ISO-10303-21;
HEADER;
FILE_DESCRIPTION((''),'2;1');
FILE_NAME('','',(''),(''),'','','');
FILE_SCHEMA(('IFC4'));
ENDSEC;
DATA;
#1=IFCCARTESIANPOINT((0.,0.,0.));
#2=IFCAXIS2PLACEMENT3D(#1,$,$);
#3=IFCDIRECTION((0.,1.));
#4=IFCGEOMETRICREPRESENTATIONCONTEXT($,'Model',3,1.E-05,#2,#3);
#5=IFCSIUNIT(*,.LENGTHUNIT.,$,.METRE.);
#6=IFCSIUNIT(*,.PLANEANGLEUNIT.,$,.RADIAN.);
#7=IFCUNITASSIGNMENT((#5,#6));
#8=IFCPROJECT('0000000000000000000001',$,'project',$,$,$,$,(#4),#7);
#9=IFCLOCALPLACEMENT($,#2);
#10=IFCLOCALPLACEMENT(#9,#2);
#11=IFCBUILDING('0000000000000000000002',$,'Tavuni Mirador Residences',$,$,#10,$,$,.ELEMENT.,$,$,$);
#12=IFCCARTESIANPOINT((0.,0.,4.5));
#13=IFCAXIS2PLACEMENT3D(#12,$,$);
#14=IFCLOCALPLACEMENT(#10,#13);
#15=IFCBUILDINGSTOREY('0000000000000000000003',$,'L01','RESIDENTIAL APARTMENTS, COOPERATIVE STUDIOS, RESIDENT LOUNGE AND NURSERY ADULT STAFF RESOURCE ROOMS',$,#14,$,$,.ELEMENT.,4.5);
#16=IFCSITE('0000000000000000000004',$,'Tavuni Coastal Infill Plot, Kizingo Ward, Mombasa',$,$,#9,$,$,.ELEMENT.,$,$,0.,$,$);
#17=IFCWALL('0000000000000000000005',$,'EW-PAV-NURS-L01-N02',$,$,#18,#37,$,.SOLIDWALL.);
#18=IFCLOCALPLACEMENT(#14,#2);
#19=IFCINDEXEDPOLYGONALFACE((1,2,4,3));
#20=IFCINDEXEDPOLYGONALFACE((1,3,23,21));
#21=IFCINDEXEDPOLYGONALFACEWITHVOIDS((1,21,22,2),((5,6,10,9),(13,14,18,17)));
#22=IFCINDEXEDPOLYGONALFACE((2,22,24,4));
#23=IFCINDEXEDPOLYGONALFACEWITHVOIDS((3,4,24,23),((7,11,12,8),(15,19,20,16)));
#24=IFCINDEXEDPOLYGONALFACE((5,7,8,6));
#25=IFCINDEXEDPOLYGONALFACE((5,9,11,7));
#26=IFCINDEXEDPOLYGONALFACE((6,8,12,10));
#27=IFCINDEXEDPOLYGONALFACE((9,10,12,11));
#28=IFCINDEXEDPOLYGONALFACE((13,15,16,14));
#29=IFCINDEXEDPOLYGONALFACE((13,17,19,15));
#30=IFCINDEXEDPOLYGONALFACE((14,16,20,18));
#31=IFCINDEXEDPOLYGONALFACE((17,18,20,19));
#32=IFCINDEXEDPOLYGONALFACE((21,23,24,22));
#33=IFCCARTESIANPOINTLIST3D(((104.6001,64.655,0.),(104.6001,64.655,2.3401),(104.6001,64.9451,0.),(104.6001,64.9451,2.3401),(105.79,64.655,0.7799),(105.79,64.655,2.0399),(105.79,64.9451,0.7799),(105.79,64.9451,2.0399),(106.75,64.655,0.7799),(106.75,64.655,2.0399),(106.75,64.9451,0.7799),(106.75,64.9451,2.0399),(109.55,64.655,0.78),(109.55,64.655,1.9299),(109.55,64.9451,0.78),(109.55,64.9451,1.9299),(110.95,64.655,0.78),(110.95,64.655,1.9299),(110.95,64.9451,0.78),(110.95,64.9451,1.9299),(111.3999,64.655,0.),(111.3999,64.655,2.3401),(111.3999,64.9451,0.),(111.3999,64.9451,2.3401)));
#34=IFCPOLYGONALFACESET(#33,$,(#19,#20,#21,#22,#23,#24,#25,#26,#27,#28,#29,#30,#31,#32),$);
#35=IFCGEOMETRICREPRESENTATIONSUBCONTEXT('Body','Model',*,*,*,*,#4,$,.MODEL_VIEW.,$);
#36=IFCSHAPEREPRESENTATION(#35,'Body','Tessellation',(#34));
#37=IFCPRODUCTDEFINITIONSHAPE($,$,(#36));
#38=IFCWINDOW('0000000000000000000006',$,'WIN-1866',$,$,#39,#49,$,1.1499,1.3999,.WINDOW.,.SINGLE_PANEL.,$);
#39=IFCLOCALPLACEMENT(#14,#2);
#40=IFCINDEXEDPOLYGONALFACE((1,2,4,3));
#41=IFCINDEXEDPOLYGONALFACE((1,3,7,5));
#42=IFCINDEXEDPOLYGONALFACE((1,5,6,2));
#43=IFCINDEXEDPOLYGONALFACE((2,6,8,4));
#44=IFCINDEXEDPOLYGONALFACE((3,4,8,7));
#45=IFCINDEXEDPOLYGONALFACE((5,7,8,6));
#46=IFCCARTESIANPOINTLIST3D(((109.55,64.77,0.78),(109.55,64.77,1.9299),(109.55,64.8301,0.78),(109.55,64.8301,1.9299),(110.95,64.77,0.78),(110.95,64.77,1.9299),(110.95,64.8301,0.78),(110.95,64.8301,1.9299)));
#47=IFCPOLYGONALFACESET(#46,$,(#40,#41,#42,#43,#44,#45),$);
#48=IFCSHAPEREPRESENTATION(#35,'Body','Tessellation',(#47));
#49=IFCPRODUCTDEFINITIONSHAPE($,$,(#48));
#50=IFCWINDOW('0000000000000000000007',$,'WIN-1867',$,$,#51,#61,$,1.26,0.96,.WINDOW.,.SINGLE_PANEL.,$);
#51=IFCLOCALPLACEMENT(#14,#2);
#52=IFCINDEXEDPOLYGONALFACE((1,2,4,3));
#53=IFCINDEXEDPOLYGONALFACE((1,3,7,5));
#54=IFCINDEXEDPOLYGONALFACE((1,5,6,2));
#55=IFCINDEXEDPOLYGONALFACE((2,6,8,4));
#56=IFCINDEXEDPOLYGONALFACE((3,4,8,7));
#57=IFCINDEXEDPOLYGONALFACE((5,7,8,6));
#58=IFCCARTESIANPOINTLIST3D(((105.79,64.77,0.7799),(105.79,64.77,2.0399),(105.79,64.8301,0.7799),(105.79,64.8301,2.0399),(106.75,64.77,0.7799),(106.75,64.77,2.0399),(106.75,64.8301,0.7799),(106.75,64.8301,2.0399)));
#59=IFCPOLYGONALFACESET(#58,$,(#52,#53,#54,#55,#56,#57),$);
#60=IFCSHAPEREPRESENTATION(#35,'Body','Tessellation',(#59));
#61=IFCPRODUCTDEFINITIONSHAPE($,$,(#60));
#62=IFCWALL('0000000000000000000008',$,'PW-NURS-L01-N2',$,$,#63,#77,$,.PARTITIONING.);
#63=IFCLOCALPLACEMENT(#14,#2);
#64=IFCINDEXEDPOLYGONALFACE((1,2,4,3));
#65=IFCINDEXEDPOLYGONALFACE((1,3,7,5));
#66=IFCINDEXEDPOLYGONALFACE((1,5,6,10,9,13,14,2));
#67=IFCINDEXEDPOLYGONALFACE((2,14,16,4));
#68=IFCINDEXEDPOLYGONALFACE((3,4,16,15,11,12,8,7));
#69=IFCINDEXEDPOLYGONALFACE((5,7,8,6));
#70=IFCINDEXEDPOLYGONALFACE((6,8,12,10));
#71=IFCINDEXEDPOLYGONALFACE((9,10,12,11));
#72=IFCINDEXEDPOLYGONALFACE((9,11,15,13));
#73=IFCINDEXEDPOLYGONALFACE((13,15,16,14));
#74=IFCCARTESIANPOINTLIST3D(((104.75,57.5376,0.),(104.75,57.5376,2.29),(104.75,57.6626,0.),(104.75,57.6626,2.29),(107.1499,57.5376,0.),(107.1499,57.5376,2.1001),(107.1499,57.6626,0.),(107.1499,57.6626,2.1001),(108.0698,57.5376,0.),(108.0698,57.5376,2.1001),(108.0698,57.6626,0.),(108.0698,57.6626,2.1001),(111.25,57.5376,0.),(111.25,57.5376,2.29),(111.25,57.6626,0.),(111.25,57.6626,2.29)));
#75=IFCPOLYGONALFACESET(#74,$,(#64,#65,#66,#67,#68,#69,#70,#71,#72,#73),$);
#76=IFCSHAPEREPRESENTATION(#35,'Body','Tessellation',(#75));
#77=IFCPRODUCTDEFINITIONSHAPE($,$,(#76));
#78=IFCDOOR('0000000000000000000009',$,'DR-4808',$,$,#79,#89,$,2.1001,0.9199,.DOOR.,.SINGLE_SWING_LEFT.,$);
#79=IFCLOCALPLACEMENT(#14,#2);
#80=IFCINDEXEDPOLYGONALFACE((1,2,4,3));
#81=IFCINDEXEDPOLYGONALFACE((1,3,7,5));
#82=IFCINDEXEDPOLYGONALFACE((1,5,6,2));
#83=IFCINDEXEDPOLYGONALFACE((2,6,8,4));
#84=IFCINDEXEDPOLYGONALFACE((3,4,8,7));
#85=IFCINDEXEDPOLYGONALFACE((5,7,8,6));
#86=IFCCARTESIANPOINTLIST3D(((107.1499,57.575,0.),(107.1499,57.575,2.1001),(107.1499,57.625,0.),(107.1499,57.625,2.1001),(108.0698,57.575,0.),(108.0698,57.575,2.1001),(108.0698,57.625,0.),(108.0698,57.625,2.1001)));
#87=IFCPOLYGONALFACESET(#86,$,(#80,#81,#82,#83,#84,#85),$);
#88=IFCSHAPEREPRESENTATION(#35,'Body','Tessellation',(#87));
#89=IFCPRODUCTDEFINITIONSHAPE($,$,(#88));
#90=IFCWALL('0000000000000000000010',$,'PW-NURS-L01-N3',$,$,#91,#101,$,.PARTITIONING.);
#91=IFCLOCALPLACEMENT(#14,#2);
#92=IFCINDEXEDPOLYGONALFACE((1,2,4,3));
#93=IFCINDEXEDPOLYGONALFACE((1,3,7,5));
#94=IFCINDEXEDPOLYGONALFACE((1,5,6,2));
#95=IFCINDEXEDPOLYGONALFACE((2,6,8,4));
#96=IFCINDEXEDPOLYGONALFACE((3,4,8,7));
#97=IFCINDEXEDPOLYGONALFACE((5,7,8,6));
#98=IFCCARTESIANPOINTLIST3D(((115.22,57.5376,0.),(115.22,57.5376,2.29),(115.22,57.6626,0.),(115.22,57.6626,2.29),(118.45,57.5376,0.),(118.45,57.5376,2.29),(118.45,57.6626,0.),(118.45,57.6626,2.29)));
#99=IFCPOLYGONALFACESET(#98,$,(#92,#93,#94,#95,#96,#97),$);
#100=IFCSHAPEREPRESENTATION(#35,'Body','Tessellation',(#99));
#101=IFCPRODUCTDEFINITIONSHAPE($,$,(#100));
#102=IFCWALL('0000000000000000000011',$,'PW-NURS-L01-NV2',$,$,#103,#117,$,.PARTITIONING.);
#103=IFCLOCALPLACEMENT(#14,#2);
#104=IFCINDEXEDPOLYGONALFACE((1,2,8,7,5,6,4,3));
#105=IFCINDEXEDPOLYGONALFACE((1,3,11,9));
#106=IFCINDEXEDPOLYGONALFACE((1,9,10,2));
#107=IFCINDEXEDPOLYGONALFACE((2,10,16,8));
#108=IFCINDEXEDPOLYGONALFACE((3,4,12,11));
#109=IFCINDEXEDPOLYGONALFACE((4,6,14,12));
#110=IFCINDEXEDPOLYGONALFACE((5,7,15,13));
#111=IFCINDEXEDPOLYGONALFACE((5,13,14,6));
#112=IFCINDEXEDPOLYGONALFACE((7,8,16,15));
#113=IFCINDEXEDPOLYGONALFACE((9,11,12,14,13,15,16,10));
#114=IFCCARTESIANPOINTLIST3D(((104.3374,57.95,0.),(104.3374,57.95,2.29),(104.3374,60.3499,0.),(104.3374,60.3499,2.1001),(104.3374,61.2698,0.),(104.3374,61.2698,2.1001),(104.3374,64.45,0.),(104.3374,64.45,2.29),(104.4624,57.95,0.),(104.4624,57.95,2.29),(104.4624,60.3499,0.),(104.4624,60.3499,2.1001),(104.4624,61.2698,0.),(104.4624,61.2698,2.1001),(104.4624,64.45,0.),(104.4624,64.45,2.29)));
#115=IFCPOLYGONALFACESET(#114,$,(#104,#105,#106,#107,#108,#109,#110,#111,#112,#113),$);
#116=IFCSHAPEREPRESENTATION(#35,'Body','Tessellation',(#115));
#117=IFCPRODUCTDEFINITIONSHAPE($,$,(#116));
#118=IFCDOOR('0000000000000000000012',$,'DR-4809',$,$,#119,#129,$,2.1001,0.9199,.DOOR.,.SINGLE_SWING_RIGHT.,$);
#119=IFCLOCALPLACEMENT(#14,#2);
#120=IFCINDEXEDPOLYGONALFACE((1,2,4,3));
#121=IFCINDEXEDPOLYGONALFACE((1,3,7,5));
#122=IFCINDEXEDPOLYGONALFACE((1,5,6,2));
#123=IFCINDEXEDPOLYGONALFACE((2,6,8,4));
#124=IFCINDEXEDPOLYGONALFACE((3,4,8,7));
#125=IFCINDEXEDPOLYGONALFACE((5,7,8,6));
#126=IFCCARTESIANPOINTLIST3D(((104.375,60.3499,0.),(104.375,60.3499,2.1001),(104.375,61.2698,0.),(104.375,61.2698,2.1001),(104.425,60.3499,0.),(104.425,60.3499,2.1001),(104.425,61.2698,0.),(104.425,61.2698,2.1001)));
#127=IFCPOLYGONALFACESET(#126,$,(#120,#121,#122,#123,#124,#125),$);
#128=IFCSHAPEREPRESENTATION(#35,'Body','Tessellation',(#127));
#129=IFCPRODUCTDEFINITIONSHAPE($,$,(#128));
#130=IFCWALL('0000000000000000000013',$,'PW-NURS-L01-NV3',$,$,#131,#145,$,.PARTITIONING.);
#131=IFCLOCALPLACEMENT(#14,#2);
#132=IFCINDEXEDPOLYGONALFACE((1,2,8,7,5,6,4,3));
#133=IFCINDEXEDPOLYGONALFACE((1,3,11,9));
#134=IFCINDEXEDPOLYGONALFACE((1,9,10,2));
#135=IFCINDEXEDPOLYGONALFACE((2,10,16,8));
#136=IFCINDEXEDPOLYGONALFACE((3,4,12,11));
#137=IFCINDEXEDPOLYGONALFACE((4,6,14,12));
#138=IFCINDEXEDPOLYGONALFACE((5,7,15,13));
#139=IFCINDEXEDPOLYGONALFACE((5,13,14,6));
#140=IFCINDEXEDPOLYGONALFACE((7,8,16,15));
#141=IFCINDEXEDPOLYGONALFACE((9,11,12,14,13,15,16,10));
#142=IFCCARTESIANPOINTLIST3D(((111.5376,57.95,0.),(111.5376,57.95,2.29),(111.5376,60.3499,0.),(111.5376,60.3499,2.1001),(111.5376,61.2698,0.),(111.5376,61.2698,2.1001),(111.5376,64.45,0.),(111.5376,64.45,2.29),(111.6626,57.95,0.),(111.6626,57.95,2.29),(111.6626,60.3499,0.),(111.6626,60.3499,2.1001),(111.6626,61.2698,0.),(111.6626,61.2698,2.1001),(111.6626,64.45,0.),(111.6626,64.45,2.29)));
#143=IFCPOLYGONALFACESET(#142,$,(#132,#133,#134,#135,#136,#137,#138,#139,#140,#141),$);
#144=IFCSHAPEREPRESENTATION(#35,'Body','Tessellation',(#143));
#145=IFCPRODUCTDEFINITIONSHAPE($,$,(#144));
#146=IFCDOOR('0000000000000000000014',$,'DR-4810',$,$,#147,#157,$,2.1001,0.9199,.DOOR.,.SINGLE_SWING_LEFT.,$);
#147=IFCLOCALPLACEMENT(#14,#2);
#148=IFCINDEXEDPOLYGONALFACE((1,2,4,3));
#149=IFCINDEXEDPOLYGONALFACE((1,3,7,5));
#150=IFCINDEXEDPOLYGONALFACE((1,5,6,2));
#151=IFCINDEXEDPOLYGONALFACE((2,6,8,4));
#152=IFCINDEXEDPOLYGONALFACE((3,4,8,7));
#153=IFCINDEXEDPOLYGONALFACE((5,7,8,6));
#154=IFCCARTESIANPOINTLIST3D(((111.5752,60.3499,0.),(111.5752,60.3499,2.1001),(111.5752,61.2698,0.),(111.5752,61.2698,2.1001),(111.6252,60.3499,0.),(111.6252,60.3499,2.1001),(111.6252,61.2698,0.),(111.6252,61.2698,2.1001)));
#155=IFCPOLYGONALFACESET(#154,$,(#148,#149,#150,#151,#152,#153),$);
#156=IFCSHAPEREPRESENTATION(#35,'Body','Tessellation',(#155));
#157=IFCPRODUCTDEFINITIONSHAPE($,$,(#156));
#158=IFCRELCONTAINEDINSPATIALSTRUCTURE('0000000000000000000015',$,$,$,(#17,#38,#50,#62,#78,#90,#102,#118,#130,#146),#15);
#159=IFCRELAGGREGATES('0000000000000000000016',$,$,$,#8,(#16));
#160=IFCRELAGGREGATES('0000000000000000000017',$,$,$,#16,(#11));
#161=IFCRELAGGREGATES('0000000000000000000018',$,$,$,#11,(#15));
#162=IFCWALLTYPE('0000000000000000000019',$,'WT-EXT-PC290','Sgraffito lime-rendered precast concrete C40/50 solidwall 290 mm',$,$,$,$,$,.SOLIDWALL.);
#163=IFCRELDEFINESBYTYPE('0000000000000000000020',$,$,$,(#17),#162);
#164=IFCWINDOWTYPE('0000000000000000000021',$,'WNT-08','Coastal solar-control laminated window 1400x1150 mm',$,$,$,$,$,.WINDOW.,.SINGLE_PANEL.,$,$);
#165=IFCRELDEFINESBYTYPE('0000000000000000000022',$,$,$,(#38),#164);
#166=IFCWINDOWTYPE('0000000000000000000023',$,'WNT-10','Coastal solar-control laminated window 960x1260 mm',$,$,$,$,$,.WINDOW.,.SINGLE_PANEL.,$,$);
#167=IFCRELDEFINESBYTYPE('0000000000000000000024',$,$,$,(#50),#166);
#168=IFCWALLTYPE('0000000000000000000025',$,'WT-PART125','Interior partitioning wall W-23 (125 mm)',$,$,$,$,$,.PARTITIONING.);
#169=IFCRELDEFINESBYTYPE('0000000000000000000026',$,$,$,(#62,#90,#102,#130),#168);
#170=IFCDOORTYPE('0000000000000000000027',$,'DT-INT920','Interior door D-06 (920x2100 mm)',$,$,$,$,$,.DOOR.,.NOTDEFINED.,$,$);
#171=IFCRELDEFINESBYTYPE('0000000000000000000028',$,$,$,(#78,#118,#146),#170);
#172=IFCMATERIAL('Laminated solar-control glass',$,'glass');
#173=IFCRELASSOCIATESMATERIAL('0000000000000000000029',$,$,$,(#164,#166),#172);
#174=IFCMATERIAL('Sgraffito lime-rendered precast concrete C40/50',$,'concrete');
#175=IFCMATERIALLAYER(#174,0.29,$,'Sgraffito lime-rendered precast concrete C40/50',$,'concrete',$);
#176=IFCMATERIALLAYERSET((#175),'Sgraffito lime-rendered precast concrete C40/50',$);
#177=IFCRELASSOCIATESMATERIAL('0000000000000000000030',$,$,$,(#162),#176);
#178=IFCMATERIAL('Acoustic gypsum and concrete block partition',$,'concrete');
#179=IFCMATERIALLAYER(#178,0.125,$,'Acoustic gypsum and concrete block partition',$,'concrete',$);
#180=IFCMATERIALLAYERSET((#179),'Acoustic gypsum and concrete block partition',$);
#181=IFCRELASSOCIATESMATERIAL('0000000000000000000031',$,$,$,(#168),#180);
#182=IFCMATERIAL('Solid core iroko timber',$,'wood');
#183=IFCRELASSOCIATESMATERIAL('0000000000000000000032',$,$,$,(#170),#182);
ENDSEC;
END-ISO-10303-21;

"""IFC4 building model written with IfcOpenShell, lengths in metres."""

from ifc_helpers import new_model, si_unit, direction, frame, frame_2d, origin, place, context, subcontext, project, spatial, rectangle, extrude, material, layer, layer_set, type_object, element, fill, save


model = new_model("IFC4")

# Units and contexts
model_context = context("Model", 3, precision=1e-05, world=origin(), true_north=direction((0.0, 1.0)))
body_context = subcontext(model_context, "Body", "Model", "MODEL_VIEW")
ifc_project = project(units=[si_unit("LENGTHUNIT", "METRE"), si_unit("PLANEANGLEUNIT", "RADIAN")], contexts=[model_context])

# Site, building, storey
site_placement = place(None, origin())
site = spatial("IfcSite", under=ifc_project, at=site_placement, Name="Tavuni Coastal Infill Plot, Kizingo Ward, Mombasa", CompositionType="ELEMENT", RefElevation=0.0)
building_placement = place(site_placement, origin())
building = spatial("IfcBuilding", under=site, at=building_placement, Name="Tavuni Mirador Residences", CompositionType="ELEMENT")
storey_placement = place(building_placement, frame((0.0, 0.0, 4.5)))
storey = spatial("IfcBuildingStorey", under=building, at=storey_placement, Name="L01", Description="RESIDENTIAL APARTMENTS, COOPERATIVE STUDIOS, RESIDENT LOUNGE AND NURSERY ADULT STAFF RESOURCE ROOMS", CompositionType="ELEMENT", Elevation=4.5)

# Wall, openings, windows
ifc_material_1 = material(Name="Sgraffito lime-rendered precast concrete C40/50", Category="concrete")
ifc_material_2 = material(Name="Laminated solar-control glass", Category="glass")
window_type_1 = type_object("IfcWindowType", Name="WNT-08", Description="Coastal solar-control laminated window 1400x1150 mm", PartitioningType="SINGLE_PANEL", PredefinedType="WINDOW", material=ifc_material_2)
ifc_layer_1 = layer(ifc_material_1, 0.29, Name="Sgraffito lime-rendered precast concrete C40/50", Category="concrete")
ifc_layer_set_1 = layer_set([ifc_layer_1], Name="Sgraffito lime-rendered precast concrete C40/50")
wall_type_1 = type_object("IfcWallType", Name="WT-EXT-PC290", Description="Sgraffito lime-rendered precast concrete C40/50 solidwall 290 mm", PredefinedType="SOLIDWALL", material=ifc_layer_set_1)
wall_1_placement = place(storey_placement, frame((111.3999, 64.8, 0.0), z_axis=(0.0, 0.0, 1.0), x_axis=(-1.0, 0.0, 0.0)))
wall_1 = element("IfcWall", 1, at=wall_1_placement, inside=storey, type_object=wall_type_1, Name="EW-PAV-NURS-L01-N02", PredefinedType="SOLIDWALL", context=body_context, shape_type="SweptSolid", body=[
    extrude(rectangle(XDim=6.7998, YDim=0.29, at=frame_2d((3.3999, 0.0))), origin(), (0.0, 0.0, 1.0), 2.3401),
])
opening_1_placement = place(wall_1_placement, frame((0.45, 0.0, 0.78)))
opening_1 = element("IfcOpeningElement", 2, at=opening_1_placement, cuts=wall_1, PredefinedType="OPENING", context=body_context, shape_type="SweptSolid", body=[
    extrude(rectangle(XDim=1.3999, YDim=1.1499, at=frame_2d((0.7, 0.575))), frame((0.0, 0.155, 0.0), z_axis=(0.0, -1.0, 0.0), x_axis=(1.0, 0.0, 0.0)), (0.0, 0.0, 1.0), 0.3101),
])
opening_2_placement = place(wall_1_placement, frame((4.6499, 0.0, 0.78)))
opening_2 = element("IfcOpeningElement", 3, at=opening_2_placement, cuts=wall_1, PredefinedType="OPENING", context=body_context, shape_type="SweptSolid", body=[
    extrude(rectangle(XDim=0.96, YDim=1.26, at=frame_2d((0.48, 0.6299))), frame((0.0, 0.155, 0.0), z_axis=(0.0, -1.0, 0.0), x_axis=(1.0, 0.0, 0.0)), (0.0, 0.0, 1.0), 0.3101),
])
window_1_placement = place(opening_1_placement, origin())
window_1 = element("IfcWindow", 4, at=window_1_placement, inside=storey, type_object=window_type_1, Name="WIN-1866", OverallHeight=1.1499, OverallWidth=1.3999, PartitioningType="SINGLE_PANEL", PredefinedType="WINDOW", context=body_context, shape_type="SweptSolid", body=[
    extrude(rectangle(XDim=1.3999, YDim=1.1499, at=frame_2d((0.7, 0.575))), frame((0.0, 0.03, 0.0), z_axis=(0.0, -1.0, 0.0), x_axis=(1.0, 0.0, 0.0)), (0.0, 0.0, 1.0), 0.0601),
])
fill(opening_1, window_1)
window_type_2 = type_object("IfcWindowType", Name="WNT-10", Description="Coastal solar-control laminated window 960x1260 mm", PartitioningType="SINGLE_PANEL", PredefinedType="WINDOW", material=ifc_material_2)
window_2_placement = place(opening_2_placement, origin())
window_2 = element("IfcWindow", 5, at=window_2_placement, inside=storey, type_object=window_type_2, Name="WIN-1867", OverallHeight=1.26, OverallWidth=0.96, PartitioningType="SINGLE_PANEL", PredefinedType="WINDOW", context=body_context, shape_type="SweptSolid", body=[
    extrude(rectangle(XDim=0.96, YDim=1.26, at=frame_2d((0.48, 0.6299))), frame((0.0, 0.03, 0.0), z_axis=(0.0, -1.0, 0.0), x_axis=(1.0, 0.0, 0.0)), (0.0, 0.0, 1.0), 0.0601),
])
fill(opening_2, window_2)

# Wall, opening, door
ifc_material_3 = material(Name="Acoustic gypsum and concrete block partition", Category="concrete")
ifc_layer_2 = layer(ifc_material_3, 0.125, Name="Acoustic gypsum and concrete block partition", Category="concrete")
ifc_layer_set_2 = layer_set([ifc_layer_2], Name="Acoustic gypsum and concrete block partition")
wall_type_2 = type_object("IfcWallType", Name="WT-PART125", Description="Interior partitioning wall W-23 (125 mm)", PredefinedType="PARTITIONING", material=ifc_layer_set_2)
wall_2_placement = place(storey_placement, frame((104.75, 57.6001, 0.0), z_axis=(0.0, 0.0, 1.0), x_axis=(1.0, 0.0, 0.0)))
wall_2 = element("IfcWall", 6, at=wall_2_placement, inside=storey, type_object=wall_type_2, Name="PW-NURS-L01-N2", PredefinedType="PARTITIONING", context=body_context, shape_type="SweptSolid", body=[
    extrude(rectangle(XDim=6.5, YDim=0.125, at=frame_2d((3.25, 0.0))), origin(), (0.0, 0.0, 1.0), 2.29),
])
opening_3_placement = place(wall_2_placement, frame((2.3999, 0.0, 0.0)))
opening_3 = element("IfcOpeningElement", 7, at=opening_3_placement, cuts=wall_2, PredefinedType="OPENING", context=body_context, shape_type="SweptSolid", body=[
    extrude(rectangle(XDim=0.9199, YDim=2.1001, at=frame_2d((0.46, 1.05))), frame((0.0, 0.0725, 0.0), z_axis=(0.0, -1.0, 0.0), x_axis=(1.0, 0.0, 0.0)), (0.0, 0.0, 1.0), 0.145),
])
ifc_material_4 = material(Name="Solid core iroko timber", Category="wood")
door_type = type_object("IfcDoorType", Name="DT-INT920", Description="Interior door D-06 (920x2100 mm)", OperationType="NOTDEFINED", PredefinedType="DOOR", material=ifc_material_4)
door_1_placement = place(opening_3_placement, origin())
door_1 = element("IfcDoor", 8, at=door_1_placement, inside=storey, type_object=door_type, Name="DR-4808", OperationType="SINGLE_SWING_LEFT", OverallHeight=2.1001, OverallWidth=0.9199, PredefinedType="DOOR", context=body_context, shape_type="SweptSolid", body=[
    extrude(rectangle(XDim=0.9199, YDim=2.1001, at=frame_2d((0.46, 1.05))), frame((0.0, 0.0249, 0.0), z_axis=(0.0, -1.0, 0.0), x_axis=(1.0, 0.0, 0.0)), (0.0, 0.0, 1.0), 0.05),
])
fill(opening_3, door_1)

# Wall
wall_3_placement = place(storey_placement, frame((115.22, 57.6001, 0.0), z_axis=(0.0, 0.0, 1.0), x_axis=(1.0, 0.0, 0.0)))
element("IfcWall", 9, at=wall_3_placement, inside=storey, type_object=wall_type_2, Name="PW-NURS-L01-N3", PredefinedType="PARTITIONING", context=body_context, shape_type="SweptSolid", body=[
    extrude(rectangle(XDim=3.23, YDim=0.125, at=frame_2d((1.615, 0.0))), origin(), (0.0, 0.0, 1.0), 2.29),
])

# Walls, openings, doors
wall_4_placement = place(storey_placement, frame((104.3999, 57.95, 0.0), z_axis=(0.0, 0.0, 1.0), x_axis=(0.0, 1.0, 0.0)))
wall_4 = element("IfcWall", 10, at=wall_4_placement, inside=storey, type_object=wall_type_2, Name="PW-NURS-L01-NV2", PredefinedType="PARTITIONING", context=body_context, shape_type="SweptSolid", body=[
    extrude(rectangle(XDim=6.5, YDim=0.125, at=frame_2d((3.25, 0.0))), origin(), (0.0, 0.0, 1.0), 2.29),
])
opening_4_placement = place(wall_4_placement, frame((2.3999, 0.0, 0.0)))
opening_4 = element("IfcOpeningElement", 11, at=opening_4_placement, cuts=wall_4, PredefinedType="OPENING", context=body_context, shape_type="SweptSolid", body=[
    extrude(rectangle(XDim=0.9199, YDim=2.1001, at=frame_2d((0.46, 1.05))), frame((0.0, 0.0725, 0.0), z_axis=(0.0, -1.0, 0.0), x_axis=(1.0, 0.0, 0.0)), (0.0, 0.0, 1.0), 0.145),
])
door_2_placement = place(opening_4_placement, origin())
door_2 = element("IfcDoor", 12, at=door_2_placement, inside=storey, type_object=door_type, Name="DR-4809", OperationType="SINGLE_SWING_RIGHT", OverallHeight=2.1001, OverallWidth=0.9199, PredefinedType="DOOR", context=body_context, shape_type="SweptSolid", body=[
    extrude(rectangle(XDim=0.9199, YDim=2.1001, at=frame_2d((0.46, 1.05))), frame((0.0, 0.0249, 0.0), z_axis=(0.0, -1.0, 0.0), x_axis=(1.0, 0.0, 0.0)), (0.0, 0.0, 1.0), 0.05),
])
fill(opening_4, door_2)
wall_5_placement = place(storey_placement, frame((111.6001, 57.95, 0.0), z_axis=(0.0, 0.0, 1.0), x_axis=(0.0, 1.0, 0.0)))
wall_5 = element("IfcWall", 13, at=wall_5_placement, inside=storey, type_object=wall_type_2, Name="PW-NURS-L01-NV3", PredefinedType="PARTITIONING", context=body_context, shape_type="SweptSolid", body=[
    extrude(rectangle(XDim=6.5, YDim=0.125, at=frame_2d((3.25, 0.0))), origin(), (0.0, 0.0, 1.0), 2.29),
])
opening_5_placement = place(wall_5_placement, frame((2.3999, 0.0, 0.0)))
opening_5 = element("IfcOpeningElement", 14, at=opening_5_placement, cuts=wall_5, PredefinedType="OPENING", context=body_context, shape_type="SweptSolid", body=[
    extrude(rectangle(XDim=0.9199, YDim=2.1001, at=frame_2d((0.46, 1.05))), frame((0.0, 0.0725, 0.0), z_axis=(0.0, -1.0, 0.0), x_axis=(1.0, 0.0, 0.0)), (0.0, 0.0, 1.0), 0.145),
])
door_3_placement = place(opening_5_placement, origin())
door_3 = element("IfcDoor", 15, at=door_3_placement, inside=storey, type_object=door_type, Name="DR-4810", OperationType="SINGLE_SWING_LEFT", OverallHeight=2.1001, OverallWidth=0.9199, PredefinedType="DOOR", context=body_context, shape_type="SweptSolid", body=[
    extrude(rectangle(XDim=0.9199, YDim=2.1001, at=frame_2d((0.46, 1.05))), frame((0.0, 0.0249, 0.0), z_axis=(0.0, -1.0, 0.0), x_axis=(1.0, 0.0, 0.0)), (0.0, 0.0, 1.0), 0.05),
])
fill(opening_5, door_3)

save(model, "model.ifc")
